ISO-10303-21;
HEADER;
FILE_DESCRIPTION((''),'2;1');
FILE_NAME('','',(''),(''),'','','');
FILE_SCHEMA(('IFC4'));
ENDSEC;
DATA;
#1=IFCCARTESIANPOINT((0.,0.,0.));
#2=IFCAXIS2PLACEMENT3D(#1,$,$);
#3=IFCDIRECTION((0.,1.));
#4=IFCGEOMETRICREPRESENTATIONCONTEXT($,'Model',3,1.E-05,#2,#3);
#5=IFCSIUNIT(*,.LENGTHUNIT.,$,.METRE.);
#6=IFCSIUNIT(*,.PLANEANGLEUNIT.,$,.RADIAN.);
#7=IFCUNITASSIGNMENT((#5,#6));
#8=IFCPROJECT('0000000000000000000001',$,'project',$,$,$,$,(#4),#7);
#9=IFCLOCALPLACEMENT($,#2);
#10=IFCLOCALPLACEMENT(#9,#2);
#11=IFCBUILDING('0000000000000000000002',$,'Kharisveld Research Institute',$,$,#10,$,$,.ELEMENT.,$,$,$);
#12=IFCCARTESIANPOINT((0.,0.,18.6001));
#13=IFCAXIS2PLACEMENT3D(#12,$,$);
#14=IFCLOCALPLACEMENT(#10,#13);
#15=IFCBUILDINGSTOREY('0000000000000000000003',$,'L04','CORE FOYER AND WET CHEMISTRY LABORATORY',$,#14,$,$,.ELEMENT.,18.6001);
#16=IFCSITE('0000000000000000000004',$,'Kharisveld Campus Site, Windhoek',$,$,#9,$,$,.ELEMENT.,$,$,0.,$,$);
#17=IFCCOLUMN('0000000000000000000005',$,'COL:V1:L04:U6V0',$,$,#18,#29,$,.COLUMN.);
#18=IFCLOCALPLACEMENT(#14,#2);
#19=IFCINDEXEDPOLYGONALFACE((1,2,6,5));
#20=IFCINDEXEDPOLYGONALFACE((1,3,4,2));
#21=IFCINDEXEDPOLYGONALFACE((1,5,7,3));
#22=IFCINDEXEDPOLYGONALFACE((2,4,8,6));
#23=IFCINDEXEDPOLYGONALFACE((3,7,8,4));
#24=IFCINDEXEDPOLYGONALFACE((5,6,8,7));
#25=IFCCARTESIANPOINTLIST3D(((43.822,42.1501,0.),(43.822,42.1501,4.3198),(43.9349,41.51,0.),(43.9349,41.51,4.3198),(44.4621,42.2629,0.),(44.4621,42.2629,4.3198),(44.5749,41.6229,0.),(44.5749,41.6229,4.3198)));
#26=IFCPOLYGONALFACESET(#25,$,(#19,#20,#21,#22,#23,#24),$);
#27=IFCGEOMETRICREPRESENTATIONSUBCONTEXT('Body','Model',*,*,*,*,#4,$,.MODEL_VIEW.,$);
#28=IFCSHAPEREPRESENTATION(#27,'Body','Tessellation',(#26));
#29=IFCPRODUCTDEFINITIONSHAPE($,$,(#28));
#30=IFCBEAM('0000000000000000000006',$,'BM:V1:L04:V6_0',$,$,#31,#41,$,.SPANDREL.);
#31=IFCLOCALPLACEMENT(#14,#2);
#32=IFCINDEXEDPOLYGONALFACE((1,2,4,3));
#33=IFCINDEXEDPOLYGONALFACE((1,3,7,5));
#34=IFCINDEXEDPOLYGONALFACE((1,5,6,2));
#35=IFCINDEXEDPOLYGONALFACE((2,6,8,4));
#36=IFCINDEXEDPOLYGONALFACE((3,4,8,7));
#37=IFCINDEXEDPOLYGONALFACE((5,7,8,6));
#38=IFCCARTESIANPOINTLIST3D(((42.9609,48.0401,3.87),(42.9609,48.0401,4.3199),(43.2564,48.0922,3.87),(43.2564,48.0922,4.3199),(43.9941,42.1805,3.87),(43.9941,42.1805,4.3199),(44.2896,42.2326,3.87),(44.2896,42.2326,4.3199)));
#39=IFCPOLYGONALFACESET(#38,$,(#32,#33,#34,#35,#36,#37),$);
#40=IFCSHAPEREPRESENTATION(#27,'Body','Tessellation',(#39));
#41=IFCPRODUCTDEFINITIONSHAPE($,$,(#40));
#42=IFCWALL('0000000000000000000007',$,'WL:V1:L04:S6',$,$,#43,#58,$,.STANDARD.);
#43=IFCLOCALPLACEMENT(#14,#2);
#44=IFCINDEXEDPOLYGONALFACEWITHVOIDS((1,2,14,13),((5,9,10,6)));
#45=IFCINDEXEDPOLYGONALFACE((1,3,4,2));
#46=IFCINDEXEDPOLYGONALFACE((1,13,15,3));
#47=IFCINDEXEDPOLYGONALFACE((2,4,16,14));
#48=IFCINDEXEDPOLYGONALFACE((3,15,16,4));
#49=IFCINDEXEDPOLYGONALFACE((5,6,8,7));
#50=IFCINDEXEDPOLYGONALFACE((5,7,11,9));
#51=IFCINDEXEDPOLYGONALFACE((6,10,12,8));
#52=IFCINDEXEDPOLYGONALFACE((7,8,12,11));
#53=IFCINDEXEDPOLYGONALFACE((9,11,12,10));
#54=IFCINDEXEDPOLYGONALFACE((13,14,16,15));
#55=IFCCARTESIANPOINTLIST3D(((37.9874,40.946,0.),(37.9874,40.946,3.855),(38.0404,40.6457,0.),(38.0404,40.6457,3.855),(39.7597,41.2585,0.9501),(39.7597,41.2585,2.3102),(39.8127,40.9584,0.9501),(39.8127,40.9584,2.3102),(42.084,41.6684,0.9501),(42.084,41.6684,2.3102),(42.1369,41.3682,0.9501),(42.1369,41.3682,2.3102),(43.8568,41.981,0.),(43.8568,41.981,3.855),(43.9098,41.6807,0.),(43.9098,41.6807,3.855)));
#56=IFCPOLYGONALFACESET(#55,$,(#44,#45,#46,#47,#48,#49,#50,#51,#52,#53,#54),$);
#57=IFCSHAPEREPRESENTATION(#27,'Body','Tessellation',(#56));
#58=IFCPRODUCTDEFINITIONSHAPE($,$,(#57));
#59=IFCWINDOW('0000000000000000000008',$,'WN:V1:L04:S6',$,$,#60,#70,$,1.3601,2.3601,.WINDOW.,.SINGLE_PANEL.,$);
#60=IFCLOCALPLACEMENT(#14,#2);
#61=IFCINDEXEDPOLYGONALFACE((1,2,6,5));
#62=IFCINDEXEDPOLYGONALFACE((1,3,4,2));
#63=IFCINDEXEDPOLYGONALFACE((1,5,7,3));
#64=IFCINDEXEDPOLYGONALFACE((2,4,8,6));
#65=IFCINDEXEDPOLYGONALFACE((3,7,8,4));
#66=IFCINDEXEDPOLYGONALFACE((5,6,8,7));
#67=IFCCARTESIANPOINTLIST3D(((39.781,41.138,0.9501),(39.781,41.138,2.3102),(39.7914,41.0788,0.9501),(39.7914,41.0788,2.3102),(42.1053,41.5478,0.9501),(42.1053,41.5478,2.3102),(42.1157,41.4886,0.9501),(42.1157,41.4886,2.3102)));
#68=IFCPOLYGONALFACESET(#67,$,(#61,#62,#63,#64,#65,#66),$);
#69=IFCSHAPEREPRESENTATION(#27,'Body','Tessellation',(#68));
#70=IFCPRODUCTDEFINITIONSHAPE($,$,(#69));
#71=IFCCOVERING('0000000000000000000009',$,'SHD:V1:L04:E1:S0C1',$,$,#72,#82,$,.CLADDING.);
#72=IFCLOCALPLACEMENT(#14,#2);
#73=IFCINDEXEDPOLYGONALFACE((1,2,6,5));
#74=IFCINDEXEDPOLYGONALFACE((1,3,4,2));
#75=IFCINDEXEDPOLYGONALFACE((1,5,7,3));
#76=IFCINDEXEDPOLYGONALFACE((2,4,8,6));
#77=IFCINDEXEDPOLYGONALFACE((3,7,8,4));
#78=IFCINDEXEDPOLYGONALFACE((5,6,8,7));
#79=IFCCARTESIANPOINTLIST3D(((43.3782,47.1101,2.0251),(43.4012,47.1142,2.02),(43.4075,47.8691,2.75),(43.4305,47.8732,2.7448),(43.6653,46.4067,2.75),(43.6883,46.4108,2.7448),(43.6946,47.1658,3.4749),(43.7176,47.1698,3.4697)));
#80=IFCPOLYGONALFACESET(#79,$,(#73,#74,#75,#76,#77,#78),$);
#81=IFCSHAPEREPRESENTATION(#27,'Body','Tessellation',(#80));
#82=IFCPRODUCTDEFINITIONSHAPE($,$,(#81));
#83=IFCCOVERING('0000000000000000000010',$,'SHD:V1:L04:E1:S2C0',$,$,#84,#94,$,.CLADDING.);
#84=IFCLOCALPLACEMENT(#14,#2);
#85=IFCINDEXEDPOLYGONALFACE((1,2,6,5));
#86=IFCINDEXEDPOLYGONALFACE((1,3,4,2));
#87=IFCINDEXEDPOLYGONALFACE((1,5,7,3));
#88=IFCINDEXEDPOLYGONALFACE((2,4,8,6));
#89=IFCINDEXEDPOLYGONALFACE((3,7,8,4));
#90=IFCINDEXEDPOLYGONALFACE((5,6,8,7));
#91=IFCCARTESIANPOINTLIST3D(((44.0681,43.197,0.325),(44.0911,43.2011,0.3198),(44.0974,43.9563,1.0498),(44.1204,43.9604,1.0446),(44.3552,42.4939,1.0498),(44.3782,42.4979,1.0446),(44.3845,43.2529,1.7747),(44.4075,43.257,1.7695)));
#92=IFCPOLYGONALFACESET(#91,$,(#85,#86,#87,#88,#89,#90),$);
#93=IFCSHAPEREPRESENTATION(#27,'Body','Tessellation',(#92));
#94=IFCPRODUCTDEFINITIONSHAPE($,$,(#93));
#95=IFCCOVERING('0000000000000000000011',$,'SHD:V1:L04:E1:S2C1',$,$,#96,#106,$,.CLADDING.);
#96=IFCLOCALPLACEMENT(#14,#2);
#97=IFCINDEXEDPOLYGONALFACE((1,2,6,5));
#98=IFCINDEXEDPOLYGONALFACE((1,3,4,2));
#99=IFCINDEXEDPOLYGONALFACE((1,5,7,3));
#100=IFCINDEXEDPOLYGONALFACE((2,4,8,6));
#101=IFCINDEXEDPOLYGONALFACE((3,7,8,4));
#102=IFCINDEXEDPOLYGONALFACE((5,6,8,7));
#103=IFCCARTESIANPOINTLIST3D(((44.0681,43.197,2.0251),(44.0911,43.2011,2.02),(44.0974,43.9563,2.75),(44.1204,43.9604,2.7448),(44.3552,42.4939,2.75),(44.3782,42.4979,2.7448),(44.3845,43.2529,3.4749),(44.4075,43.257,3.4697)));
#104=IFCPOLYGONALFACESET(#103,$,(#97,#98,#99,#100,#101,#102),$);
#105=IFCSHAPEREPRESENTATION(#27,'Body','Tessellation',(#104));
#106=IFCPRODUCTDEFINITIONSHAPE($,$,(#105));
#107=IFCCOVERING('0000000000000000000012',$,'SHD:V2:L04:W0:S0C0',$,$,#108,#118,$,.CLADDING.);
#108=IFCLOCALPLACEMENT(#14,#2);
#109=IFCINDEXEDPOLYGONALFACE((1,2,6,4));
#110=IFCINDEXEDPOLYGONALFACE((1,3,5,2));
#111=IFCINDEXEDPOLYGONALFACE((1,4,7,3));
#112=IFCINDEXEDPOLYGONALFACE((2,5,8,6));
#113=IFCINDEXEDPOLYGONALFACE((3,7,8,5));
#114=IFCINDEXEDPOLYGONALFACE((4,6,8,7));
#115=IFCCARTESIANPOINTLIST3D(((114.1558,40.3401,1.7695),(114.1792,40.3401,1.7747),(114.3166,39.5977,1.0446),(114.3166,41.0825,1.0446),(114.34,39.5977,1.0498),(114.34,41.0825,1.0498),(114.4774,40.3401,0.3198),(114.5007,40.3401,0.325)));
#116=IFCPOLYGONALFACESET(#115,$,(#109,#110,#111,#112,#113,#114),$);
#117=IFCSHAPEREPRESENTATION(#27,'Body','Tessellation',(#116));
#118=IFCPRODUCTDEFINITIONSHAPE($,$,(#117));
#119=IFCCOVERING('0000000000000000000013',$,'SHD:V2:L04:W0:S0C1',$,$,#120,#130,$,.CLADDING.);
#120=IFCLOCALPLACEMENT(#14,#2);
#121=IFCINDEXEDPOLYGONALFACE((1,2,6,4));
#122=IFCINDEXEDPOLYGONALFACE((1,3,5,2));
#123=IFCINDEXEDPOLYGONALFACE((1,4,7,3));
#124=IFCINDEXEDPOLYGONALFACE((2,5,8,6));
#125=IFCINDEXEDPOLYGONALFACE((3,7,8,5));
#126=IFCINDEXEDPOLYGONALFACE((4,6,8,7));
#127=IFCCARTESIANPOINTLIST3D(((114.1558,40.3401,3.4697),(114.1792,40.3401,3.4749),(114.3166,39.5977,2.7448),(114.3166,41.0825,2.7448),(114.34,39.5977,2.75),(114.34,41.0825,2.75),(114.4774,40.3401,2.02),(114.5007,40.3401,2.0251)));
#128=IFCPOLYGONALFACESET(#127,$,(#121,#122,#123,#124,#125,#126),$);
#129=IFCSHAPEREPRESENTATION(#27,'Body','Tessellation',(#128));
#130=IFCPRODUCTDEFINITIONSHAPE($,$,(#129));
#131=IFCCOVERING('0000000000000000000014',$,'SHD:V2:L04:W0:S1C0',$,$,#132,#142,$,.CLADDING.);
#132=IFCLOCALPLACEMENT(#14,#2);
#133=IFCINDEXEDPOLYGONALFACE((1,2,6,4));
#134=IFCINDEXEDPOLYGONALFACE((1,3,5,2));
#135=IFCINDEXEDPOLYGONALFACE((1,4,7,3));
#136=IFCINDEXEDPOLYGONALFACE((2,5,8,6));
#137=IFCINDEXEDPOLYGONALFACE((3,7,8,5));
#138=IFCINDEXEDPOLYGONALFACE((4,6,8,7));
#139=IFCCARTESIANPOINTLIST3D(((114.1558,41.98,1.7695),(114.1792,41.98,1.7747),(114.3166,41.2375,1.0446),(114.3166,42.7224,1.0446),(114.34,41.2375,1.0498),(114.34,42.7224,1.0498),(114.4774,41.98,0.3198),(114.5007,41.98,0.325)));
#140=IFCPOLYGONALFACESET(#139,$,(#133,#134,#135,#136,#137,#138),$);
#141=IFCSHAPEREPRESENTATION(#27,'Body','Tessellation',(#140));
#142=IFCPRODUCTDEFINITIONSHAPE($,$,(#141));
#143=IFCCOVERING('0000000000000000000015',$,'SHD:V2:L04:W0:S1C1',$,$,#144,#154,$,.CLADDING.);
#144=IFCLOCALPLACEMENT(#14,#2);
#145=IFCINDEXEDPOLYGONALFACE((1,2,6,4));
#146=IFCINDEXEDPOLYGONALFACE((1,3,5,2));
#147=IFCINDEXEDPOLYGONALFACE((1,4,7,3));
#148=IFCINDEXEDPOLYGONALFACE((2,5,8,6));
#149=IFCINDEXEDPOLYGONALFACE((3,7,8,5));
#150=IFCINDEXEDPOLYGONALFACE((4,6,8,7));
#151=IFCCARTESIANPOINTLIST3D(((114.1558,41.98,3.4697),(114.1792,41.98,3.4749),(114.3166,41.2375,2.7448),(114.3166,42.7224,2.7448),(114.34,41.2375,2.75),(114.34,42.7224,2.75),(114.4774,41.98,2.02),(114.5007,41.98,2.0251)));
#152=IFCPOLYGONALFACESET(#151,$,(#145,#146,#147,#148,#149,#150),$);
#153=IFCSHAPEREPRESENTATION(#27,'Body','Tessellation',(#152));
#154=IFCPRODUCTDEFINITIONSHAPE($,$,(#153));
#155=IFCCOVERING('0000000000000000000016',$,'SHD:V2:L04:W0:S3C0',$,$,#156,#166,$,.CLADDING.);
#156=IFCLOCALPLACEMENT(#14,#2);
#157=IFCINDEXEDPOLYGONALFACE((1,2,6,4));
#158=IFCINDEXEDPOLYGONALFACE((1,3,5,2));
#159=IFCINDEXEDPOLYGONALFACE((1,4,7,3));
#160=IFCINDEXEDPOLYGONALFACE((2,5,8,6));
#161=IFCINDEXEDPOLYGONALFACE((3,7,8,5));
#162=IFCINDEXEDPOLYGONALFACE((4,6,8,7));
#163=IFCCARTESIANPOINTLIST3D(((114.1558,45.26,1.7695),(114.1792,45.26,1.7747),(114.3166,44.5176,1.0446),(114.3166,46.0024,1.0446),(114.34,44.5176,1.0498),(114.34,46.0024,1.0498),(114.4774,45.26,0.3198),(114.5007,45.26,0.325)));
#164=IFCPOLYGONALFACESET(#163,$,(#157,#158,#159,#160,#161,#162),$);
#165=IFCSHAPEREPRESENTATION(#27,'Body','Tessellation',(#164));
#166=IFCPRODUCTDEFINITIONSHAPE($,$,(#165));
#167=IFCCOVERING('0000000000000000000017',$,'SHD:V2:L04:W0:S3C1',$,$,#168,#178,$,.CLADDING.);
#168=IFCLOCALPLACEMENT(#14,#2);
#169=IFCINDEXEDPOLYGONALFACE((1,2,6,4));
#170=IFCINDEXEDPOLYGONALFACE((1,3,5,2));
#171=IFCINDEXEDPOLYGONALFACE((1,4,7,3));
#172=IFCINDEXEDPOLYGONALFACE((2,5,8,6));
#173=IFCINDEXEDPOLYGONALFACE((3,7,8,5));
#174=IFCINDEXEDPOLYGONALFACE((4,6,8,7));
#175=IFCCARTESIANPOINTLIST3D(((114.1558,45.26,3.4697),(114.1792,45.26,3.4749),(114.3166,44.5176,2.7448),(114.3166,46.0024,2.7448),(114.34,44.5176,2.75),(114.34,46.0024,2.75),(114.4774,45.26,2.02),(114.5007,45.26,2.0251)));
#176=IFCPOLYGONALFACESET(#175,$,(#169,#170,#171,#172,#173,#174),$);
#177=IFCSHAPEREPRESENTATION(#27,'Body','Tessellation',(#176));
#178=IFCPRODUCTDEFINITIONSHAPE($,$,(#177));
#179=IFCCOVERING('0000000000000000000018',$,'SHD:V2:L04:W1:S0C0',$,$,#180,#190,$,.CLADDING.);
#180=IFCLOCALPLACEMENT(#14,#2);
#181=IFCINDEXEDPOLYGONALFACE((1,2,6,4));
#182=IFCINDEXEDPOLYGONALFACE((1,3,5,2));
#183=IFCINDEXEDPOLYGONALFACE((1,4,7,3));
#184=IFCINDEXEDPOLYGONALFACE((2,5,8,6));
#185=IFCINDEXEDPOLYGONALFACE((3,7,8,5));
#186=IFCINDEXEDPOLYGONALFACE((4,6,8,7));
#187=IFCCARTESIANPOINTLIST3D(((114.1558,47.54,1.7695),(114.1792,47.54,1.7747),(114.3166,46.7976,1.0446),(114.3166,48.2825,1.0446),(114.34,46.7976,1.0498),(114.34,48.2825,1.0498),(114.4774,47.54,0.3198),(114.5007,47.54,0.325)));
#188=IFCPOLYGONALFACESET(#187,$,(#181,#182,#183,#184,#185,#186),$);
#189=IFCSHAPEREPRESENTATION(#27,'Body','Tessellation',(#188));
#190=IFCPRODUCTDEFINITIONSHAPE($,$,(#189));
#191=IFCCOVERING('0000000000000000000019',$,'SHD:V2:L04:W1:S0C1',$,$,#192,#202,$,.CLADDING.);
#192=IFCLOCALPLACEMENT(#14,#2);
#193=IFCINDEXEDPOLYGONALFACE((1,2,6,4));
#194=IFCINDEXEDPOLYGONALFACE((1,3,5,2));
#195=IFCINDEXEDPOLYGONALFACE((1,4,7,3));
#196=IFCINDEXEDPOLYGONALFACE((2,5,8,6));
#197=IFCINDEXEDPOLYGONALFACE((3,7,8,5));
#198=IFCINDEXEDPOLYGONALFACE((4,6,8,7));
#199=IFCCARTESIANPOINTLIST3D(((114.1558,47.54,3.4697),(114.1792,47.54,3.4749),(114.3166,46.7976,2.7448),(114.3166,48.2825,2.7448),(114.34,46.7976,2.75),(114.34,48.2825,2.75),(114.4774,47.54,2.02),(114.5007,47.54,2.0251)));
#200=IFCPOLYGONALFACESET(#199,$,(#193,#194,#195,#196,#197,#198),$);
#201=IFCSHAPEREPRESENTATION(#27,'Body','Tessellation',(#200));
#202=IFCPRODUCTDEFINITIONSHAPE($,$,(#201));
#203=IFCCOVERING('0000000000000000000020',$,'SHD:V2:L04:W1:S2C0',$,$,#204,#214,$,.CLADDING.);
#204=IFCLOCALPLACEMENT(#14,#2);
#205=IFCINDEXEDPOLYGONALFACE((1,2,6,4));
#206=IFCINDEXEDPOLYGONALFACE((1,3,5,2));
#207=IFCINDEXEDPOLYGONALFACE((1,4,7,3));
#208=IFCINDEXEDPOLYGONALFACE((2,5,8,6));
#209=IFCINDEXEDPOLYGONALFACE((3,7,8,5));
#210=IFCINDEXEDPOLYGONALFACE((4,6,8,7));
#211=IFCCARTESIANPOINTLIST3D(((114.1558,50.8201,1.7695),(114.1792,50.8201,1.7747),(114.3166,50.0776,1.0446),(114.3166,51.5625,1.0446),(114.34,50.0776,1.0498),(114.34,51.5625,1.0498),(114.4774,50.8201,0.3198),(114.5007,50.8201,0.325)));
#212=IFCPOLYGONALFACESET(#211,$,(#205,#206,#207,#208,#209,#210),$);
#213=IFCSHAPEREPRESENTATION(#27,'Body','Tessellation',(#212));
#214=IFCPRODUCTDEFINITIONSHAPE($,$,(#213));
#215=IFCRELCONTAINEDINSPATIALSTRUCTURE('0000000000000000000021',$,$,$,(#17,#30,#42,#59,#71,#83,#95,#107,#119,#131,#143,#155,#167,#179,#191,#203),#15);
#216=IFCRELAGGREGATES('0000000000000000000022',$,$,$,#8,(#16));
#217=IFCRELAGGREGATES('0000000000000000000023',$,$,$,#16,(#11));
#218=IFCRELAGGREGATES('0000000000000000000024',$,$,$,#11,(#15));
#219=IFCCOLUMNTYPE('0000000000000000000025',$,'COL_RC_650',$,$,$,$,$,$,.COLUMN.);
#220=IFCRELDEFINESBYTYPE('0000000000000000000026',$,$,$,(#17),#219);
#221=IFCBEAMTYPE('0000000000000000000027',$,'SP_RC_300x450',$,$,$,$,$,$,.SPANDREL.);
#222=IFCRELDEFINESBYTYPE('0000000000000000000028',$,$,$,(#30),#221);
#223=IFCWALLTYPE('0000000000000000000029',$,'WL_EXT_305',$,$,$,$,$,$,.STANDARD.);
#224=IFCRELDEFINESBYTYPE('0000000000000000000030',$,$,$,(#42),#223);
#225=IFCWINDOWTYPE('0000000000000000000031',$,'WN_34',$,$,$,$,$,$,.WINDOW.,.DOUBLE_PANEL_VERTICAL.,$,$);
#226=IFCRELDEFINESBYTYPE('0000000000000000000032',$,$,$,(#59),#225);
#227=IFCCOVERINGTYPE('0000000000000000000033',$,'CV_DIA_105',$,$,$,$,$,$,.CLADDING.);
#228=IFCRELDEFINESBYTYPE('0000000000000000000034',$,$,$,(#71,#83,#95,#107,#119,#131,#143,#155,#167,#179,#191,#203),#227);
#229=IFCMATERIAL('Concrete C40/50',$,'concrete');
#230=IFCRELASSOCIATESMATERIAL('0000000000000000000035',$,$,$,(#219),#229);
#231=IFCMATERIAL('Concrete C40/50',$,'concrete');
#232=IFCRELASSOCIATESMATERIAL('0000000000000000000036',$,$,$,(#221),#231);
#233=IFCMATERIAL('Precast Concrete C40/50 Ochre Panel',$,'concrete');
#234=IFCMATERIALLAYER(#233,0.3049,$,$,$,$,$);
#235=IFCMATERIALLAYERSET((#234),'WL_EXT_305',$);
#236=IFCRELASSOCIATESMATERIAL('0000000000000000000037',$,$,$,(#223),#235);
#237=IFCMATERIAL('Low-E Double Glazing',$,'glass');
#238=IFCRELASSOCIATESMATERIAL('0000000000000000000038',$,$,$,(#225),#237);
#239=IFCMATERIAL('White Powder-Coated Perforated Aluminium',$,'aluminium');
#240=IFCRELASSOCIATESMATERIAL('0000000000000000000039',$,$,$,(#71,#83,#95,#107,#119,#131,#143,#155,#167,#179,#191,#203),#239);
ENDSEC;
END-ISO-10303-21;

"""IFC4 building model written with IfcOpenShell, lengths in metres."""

from ifc_helpers import new_model, si_unit, direction, frame, frame_2d, origin, origin_2d, place, context, subcontext, project, spatial, polyline, rectangle, outline, extrude, material, layer, layer_set, material_profile, profile_set, type_object, element, fill, save


model = new_model("IFC4")

# Units and contexts
model_context = context("Model", 3, precision=1e-05, world=origin(), true_north=direction((0.0, 1.0)))
body_context = subcontext(model_context, "Body", "Model", "MODEL_VIEW")
ifc_project = project(units=[si_unit("LENGTHUNIT", "METRE"), si_unit("PLANEANGLEUNIT", "RADIAN")], contexts=[model_context])

# Site, building, storey
site_placement = place(None, origin())
site = spatial("IfcSite", under=ifc_project, at=site_placement, Name="Kharisveld Campus Site, Windhoek", CompositionType="ELEMENT", RefElevation=0.0)
building_placement = place(site_placement, origin())
building = spatial("IfcBuilding", under=site, at=building_placement, Name="Kharisveld Research Institute", CompositionType="ELEMENT")
storey_placement = place(building_placement, frame((0.0, 0.0, 18.6001)))
storey = spatial("IfcBuildingStorey", under=building, at=storey_placement, Name="L04", Description="CORE FOYER AND WET CHEMISTRY LABORATORY", CompositionType="ELEMENT", Elevation=18.6001)

# Column
ifc_material_1 = material(Name="Concrete C40/50", Category="concrete")
ifc_material_profile_1 = material_profile(ifc_material_1, rectangle(XDim=0.6499, YDim=0.6499, at=origin_2d()))
ifc_profile_set_1 = profile_set([ifc_material_profile_1], Name="Concrete C40/50")
column_type = type_object("IfcColumnType", Name="COL_RC_650", PredefinedType="COLUMN", material=ifc_profile_set_1)
column_placement = place(storey_placement, frame((44.1985, 41.8865, 0.0), z_axis=(0.0, 0.0, 1.0), x_axis=(0.984808, 0.173648, 0.0)))
element("IfcColumn", 1, at=column_placement, inside=storey, type_object=column_type, Name="COL:V1:L04:U6V0", PredefinedType="COLUMN", context=body_context, shape_type="SweptSolid", body=[
    extrude(rectangle(XDim=0.6499, YDim=0.6499, at=origin_2d()), origin(), (0.0, 0.0, 1.0), 4.3198),
])

# Beam
ifc_material_2 = material(Name="Concrete C40/50", Category="concrete")
ifc_material_profile_2 = material_profile(ifc_material_2, rectangle(XDim=0.3, YDim=0.45, at=origin_2d()))
ifc_profile_set_2 = profile_set([ifc_material_profile_2], Name="Concrete C40/50")
beam_type = type_object("IfcBeamType", Name="SP_RC_300x450", PredefinedType="SPANDREL", material=ifc_profile_set_2)
beam_placement = place(storey_placement, frame((44.1418, 42.2065, 4.095), z_axis=(-0.173647, 0.984808, 0.0), x_axis=(-0.984808, -0.173647, 0.0)))
element("IfcBeam", 2, at=beam_placement, inside=storey, type_object=beam_type, Name="BM:V1:L04:V6_0", PredefinedType="SPANDREL", context=body_context, shape_type="SweptSolid", body=[
    extrude(rectangle(XDim=0.3, YDim=0.45, at=origin_2d()), origin(), (0.0, 0.0, 1.0), 5.95),
])

# Wall, opening, window
ifc_material_3 = material(Name="Precast Concrete C40/50 Ochre Panel", Category="concrete")
ifc_layer = layer(ifc_material_3, 0.3049)
ifc_layer_set = layer_set([ifc_layer], Name="WL_EXT_305")
wall_type = type_object("IfcWallType", Name="WL_EXT_305", PredefinedType="STANDARD", material=ifc_layer_set)
wall_placement = place(storey_placement, frame((43.8833, 41.8308, 0.0), z_axis=(0.0, 0.0, 1.0), x_axis=(-0.984808, -0.173645, 0.0)))
wall = element("IfcWall", 3, at=wall_placement, inside=storey, type_object=wall_type, Name="WL:V1:L04:S6", PredefinedType="STANDARD", context=body_context, shape_type="SweptSolid", body=[
    extrude(rectangle(XDim=5.96, YDim=0.3049, at=frame_2d((2.98, 0.0))), origin(), (0.0, 0.0, 1.0), 3.855),
])
opening_placement = place(wall_placement, frame((1.8, 0.0, 0.95)))
opening = element("IfcOpeningElement", 4, at=opening_placement, cuts=wall, PredefinedType="OPENING", context=body_context, shape_type="SweptSolid", body=[
    extrude(rectangle(XDim=2.3601, YDim=1.3601, at=frame_2d((1.1802, 0.6802))), frame((0.0, 0.1523, 0.0), z_axis=(0.0, -1.0, 0.0), x_axis=(1.0, 0.0, 0.0)), (0.0, 0.0, 1.0), 0.3049),
])
ifc_material_4 = material(Name="Low-E Double Glazing", Category="glass")
window_type = type_object("IfcWindowType", Name="WN_34", PartitioningType="DOUBLE_PANEL_VERTICAL", PredefinedType="WINDOW", material=ifc_material_4)
window_placement = place(opening_placement, origin())
window = element("IfcWindow", 5, at=window_placement, inside=storey, type_object=window_type, Name="WN:V1:L04:S6", OverallHeight=1.3601, OverallWidth=2.3601, PartitioningType="SINGLE_PANEL", PredefinedType="WINDOW", context=body_context, shape_type="SweptSolid", body=[
    extrude(rectangle(XDim=2.3601, YDim=1.3601, at=frame_2d((1.1802, 0.6802))), frame((0.0, 0.03, 0.0), z_axis=(0.0, -1.0, 0.0), x_axis=(1.0, 0.0, 0.0)), (0.0, 0.0, 1.0), 0.0601),
])
fill(opening, window)

# Coverings
ifc_material_5 = material(Name="White Powder-Coated Perforated Aluminium", Category="aluminium")
covering_type = type_object("IfcCoveringType", Name="CV_DIA_105", PredefinedType="CLADDING")
covering_placement = place(storey_placement, frame((43.3782, 47.1101, 2.0251), z_axis=(-0.961487, -0.169504, 0.216358), x_axis=(0.273429, -0.669853, 0.690314)))
element("IfcCovering", 6, at=covering_placement, inside=storey, type_object=covering_type, material=ifc_material_5, Name="SHD:V1:L04:E1:S0C1", PredefinedType="CLADDING", context=body_context, shape_type="SweptSolid", body=[
    extrude(outline(polyline([(0.0, 0.0), (1.05, 0.0), (1.05, 1.05), (-0.0001, 1.05), (0.0, 0.0)])), origin(), (0.0, 0.0, -1.0), 0.0239),
])
for number, where, z_axis, x_axis, name in (
    (7, (44.0681, 43.197, 0.325), (-0.961481, -0.169503, 0.216385), (0.273452, -0.669728, 0.690426), "SHD:V1:L04:E1:S2C0"),
    (8, (44.0681, 43.197, 2.0251), (-0.961481, -0.169503, 0.216385), (0.273452, -0.669728, 0.690426), "SHD:V1:L04:E1:S2C1"),
):
    element("IfcCovering", number, at=place(storey_placement, frame(where, z_axis=z_axis, x_axis=x_axis)), inside=storey, type_object=covering_type, material=ifc_material_5, Name=name, PredefinedType="CLADDING", context=body_context, shape_type="SweptSolid", body=[
        extrude(outline(polyline([(0.0, 0.0), (1.0499, 0.0), (1.05, 1.05), (0.0, 1.0501), (0.0, 0.0)])), origin(), (0.0, 0.0, -1.0), 0.0239),
    ])
for number, where, z_axis, x_axis, name in (
    (9, (114.5007, 40.3401, 0.325), (0.976276, 0.0, 0.21653), (-0.153111, 0.707102, 0.690336), "SHD:V2:L04:W0:S0C0"),
    (10, (114.5007, 40.3401, 2.0251), (0.976276, 0.0, 0.21653), (-0.153111, 0.707102, 0.690336), "SHD:V2:L04:W0:S0C1"),
    (11, (114.5007, 41.98, 0.325), (0.976276, 0.0, 0.21653), (-0.153111, 0.707102, 0.690336), "SHD:V2:L04:W0:S1C0"),
    (12, (114.5007, 41.98, 2.0251), (0.976276, 0.0, 0.21653), (-0.153111, 0.707102, 0.690336), "SHD:V2:L04:W0:S1C1"),
    (13, (114.5007, 45.26, 0.325), (0.976276, 0.0, 0.21653), (-0.153111, 0.707102, 0.690336), "SHD:V2:L04:W0:S3C0"),
    (14, (114.5007, 45.26, 2.0251), (0.976276, 0.0, 0.21653), (-0.153111, 0.707102, 0.690336), "SHD:V2:L04:W0:S3C1"),
    (15, (114.5007, 47.54, 0.325), (0.976276, 0.0, 0.21653), (-0.153111, 0.707102, 0.690336), "SHD:V2:L04:W1:S0C0"),
    (16, (114.5007, 47.54, 2.0251), (0.976276, 0.0, 0.21653), (-0.153111, 0.707102, 0.690336), "SHD:V2:L04:W1:S0C1"),
    (17, (114.5007, 50.8201, 0.325), (0.976276, 0.0, 0.21653), (-0.153111, 0.707102, 0.690336), "SHD:V2:L04:W1:S2C0"),
):
    element("IfcCovering", number, at=place(storey_placement, frame(where, z_axis=z_axis, x_axis=x_axis)), inside=storey, type_object=covering_type, material=ifc_material_5, Name=name, PredefinedType="CLADDING", context=body_context, shape_type="SweptSolid", body=[
        extrude(outline(polyline([(0.0, 0.0), (1.05, 0.0), (1.05, 1.05), (0.0, 1.05), (0.0, 0.0)])), origin(), (0.0, 0.0, -1.0), 0.0239),
    ])

save(model, "model.ifc")
